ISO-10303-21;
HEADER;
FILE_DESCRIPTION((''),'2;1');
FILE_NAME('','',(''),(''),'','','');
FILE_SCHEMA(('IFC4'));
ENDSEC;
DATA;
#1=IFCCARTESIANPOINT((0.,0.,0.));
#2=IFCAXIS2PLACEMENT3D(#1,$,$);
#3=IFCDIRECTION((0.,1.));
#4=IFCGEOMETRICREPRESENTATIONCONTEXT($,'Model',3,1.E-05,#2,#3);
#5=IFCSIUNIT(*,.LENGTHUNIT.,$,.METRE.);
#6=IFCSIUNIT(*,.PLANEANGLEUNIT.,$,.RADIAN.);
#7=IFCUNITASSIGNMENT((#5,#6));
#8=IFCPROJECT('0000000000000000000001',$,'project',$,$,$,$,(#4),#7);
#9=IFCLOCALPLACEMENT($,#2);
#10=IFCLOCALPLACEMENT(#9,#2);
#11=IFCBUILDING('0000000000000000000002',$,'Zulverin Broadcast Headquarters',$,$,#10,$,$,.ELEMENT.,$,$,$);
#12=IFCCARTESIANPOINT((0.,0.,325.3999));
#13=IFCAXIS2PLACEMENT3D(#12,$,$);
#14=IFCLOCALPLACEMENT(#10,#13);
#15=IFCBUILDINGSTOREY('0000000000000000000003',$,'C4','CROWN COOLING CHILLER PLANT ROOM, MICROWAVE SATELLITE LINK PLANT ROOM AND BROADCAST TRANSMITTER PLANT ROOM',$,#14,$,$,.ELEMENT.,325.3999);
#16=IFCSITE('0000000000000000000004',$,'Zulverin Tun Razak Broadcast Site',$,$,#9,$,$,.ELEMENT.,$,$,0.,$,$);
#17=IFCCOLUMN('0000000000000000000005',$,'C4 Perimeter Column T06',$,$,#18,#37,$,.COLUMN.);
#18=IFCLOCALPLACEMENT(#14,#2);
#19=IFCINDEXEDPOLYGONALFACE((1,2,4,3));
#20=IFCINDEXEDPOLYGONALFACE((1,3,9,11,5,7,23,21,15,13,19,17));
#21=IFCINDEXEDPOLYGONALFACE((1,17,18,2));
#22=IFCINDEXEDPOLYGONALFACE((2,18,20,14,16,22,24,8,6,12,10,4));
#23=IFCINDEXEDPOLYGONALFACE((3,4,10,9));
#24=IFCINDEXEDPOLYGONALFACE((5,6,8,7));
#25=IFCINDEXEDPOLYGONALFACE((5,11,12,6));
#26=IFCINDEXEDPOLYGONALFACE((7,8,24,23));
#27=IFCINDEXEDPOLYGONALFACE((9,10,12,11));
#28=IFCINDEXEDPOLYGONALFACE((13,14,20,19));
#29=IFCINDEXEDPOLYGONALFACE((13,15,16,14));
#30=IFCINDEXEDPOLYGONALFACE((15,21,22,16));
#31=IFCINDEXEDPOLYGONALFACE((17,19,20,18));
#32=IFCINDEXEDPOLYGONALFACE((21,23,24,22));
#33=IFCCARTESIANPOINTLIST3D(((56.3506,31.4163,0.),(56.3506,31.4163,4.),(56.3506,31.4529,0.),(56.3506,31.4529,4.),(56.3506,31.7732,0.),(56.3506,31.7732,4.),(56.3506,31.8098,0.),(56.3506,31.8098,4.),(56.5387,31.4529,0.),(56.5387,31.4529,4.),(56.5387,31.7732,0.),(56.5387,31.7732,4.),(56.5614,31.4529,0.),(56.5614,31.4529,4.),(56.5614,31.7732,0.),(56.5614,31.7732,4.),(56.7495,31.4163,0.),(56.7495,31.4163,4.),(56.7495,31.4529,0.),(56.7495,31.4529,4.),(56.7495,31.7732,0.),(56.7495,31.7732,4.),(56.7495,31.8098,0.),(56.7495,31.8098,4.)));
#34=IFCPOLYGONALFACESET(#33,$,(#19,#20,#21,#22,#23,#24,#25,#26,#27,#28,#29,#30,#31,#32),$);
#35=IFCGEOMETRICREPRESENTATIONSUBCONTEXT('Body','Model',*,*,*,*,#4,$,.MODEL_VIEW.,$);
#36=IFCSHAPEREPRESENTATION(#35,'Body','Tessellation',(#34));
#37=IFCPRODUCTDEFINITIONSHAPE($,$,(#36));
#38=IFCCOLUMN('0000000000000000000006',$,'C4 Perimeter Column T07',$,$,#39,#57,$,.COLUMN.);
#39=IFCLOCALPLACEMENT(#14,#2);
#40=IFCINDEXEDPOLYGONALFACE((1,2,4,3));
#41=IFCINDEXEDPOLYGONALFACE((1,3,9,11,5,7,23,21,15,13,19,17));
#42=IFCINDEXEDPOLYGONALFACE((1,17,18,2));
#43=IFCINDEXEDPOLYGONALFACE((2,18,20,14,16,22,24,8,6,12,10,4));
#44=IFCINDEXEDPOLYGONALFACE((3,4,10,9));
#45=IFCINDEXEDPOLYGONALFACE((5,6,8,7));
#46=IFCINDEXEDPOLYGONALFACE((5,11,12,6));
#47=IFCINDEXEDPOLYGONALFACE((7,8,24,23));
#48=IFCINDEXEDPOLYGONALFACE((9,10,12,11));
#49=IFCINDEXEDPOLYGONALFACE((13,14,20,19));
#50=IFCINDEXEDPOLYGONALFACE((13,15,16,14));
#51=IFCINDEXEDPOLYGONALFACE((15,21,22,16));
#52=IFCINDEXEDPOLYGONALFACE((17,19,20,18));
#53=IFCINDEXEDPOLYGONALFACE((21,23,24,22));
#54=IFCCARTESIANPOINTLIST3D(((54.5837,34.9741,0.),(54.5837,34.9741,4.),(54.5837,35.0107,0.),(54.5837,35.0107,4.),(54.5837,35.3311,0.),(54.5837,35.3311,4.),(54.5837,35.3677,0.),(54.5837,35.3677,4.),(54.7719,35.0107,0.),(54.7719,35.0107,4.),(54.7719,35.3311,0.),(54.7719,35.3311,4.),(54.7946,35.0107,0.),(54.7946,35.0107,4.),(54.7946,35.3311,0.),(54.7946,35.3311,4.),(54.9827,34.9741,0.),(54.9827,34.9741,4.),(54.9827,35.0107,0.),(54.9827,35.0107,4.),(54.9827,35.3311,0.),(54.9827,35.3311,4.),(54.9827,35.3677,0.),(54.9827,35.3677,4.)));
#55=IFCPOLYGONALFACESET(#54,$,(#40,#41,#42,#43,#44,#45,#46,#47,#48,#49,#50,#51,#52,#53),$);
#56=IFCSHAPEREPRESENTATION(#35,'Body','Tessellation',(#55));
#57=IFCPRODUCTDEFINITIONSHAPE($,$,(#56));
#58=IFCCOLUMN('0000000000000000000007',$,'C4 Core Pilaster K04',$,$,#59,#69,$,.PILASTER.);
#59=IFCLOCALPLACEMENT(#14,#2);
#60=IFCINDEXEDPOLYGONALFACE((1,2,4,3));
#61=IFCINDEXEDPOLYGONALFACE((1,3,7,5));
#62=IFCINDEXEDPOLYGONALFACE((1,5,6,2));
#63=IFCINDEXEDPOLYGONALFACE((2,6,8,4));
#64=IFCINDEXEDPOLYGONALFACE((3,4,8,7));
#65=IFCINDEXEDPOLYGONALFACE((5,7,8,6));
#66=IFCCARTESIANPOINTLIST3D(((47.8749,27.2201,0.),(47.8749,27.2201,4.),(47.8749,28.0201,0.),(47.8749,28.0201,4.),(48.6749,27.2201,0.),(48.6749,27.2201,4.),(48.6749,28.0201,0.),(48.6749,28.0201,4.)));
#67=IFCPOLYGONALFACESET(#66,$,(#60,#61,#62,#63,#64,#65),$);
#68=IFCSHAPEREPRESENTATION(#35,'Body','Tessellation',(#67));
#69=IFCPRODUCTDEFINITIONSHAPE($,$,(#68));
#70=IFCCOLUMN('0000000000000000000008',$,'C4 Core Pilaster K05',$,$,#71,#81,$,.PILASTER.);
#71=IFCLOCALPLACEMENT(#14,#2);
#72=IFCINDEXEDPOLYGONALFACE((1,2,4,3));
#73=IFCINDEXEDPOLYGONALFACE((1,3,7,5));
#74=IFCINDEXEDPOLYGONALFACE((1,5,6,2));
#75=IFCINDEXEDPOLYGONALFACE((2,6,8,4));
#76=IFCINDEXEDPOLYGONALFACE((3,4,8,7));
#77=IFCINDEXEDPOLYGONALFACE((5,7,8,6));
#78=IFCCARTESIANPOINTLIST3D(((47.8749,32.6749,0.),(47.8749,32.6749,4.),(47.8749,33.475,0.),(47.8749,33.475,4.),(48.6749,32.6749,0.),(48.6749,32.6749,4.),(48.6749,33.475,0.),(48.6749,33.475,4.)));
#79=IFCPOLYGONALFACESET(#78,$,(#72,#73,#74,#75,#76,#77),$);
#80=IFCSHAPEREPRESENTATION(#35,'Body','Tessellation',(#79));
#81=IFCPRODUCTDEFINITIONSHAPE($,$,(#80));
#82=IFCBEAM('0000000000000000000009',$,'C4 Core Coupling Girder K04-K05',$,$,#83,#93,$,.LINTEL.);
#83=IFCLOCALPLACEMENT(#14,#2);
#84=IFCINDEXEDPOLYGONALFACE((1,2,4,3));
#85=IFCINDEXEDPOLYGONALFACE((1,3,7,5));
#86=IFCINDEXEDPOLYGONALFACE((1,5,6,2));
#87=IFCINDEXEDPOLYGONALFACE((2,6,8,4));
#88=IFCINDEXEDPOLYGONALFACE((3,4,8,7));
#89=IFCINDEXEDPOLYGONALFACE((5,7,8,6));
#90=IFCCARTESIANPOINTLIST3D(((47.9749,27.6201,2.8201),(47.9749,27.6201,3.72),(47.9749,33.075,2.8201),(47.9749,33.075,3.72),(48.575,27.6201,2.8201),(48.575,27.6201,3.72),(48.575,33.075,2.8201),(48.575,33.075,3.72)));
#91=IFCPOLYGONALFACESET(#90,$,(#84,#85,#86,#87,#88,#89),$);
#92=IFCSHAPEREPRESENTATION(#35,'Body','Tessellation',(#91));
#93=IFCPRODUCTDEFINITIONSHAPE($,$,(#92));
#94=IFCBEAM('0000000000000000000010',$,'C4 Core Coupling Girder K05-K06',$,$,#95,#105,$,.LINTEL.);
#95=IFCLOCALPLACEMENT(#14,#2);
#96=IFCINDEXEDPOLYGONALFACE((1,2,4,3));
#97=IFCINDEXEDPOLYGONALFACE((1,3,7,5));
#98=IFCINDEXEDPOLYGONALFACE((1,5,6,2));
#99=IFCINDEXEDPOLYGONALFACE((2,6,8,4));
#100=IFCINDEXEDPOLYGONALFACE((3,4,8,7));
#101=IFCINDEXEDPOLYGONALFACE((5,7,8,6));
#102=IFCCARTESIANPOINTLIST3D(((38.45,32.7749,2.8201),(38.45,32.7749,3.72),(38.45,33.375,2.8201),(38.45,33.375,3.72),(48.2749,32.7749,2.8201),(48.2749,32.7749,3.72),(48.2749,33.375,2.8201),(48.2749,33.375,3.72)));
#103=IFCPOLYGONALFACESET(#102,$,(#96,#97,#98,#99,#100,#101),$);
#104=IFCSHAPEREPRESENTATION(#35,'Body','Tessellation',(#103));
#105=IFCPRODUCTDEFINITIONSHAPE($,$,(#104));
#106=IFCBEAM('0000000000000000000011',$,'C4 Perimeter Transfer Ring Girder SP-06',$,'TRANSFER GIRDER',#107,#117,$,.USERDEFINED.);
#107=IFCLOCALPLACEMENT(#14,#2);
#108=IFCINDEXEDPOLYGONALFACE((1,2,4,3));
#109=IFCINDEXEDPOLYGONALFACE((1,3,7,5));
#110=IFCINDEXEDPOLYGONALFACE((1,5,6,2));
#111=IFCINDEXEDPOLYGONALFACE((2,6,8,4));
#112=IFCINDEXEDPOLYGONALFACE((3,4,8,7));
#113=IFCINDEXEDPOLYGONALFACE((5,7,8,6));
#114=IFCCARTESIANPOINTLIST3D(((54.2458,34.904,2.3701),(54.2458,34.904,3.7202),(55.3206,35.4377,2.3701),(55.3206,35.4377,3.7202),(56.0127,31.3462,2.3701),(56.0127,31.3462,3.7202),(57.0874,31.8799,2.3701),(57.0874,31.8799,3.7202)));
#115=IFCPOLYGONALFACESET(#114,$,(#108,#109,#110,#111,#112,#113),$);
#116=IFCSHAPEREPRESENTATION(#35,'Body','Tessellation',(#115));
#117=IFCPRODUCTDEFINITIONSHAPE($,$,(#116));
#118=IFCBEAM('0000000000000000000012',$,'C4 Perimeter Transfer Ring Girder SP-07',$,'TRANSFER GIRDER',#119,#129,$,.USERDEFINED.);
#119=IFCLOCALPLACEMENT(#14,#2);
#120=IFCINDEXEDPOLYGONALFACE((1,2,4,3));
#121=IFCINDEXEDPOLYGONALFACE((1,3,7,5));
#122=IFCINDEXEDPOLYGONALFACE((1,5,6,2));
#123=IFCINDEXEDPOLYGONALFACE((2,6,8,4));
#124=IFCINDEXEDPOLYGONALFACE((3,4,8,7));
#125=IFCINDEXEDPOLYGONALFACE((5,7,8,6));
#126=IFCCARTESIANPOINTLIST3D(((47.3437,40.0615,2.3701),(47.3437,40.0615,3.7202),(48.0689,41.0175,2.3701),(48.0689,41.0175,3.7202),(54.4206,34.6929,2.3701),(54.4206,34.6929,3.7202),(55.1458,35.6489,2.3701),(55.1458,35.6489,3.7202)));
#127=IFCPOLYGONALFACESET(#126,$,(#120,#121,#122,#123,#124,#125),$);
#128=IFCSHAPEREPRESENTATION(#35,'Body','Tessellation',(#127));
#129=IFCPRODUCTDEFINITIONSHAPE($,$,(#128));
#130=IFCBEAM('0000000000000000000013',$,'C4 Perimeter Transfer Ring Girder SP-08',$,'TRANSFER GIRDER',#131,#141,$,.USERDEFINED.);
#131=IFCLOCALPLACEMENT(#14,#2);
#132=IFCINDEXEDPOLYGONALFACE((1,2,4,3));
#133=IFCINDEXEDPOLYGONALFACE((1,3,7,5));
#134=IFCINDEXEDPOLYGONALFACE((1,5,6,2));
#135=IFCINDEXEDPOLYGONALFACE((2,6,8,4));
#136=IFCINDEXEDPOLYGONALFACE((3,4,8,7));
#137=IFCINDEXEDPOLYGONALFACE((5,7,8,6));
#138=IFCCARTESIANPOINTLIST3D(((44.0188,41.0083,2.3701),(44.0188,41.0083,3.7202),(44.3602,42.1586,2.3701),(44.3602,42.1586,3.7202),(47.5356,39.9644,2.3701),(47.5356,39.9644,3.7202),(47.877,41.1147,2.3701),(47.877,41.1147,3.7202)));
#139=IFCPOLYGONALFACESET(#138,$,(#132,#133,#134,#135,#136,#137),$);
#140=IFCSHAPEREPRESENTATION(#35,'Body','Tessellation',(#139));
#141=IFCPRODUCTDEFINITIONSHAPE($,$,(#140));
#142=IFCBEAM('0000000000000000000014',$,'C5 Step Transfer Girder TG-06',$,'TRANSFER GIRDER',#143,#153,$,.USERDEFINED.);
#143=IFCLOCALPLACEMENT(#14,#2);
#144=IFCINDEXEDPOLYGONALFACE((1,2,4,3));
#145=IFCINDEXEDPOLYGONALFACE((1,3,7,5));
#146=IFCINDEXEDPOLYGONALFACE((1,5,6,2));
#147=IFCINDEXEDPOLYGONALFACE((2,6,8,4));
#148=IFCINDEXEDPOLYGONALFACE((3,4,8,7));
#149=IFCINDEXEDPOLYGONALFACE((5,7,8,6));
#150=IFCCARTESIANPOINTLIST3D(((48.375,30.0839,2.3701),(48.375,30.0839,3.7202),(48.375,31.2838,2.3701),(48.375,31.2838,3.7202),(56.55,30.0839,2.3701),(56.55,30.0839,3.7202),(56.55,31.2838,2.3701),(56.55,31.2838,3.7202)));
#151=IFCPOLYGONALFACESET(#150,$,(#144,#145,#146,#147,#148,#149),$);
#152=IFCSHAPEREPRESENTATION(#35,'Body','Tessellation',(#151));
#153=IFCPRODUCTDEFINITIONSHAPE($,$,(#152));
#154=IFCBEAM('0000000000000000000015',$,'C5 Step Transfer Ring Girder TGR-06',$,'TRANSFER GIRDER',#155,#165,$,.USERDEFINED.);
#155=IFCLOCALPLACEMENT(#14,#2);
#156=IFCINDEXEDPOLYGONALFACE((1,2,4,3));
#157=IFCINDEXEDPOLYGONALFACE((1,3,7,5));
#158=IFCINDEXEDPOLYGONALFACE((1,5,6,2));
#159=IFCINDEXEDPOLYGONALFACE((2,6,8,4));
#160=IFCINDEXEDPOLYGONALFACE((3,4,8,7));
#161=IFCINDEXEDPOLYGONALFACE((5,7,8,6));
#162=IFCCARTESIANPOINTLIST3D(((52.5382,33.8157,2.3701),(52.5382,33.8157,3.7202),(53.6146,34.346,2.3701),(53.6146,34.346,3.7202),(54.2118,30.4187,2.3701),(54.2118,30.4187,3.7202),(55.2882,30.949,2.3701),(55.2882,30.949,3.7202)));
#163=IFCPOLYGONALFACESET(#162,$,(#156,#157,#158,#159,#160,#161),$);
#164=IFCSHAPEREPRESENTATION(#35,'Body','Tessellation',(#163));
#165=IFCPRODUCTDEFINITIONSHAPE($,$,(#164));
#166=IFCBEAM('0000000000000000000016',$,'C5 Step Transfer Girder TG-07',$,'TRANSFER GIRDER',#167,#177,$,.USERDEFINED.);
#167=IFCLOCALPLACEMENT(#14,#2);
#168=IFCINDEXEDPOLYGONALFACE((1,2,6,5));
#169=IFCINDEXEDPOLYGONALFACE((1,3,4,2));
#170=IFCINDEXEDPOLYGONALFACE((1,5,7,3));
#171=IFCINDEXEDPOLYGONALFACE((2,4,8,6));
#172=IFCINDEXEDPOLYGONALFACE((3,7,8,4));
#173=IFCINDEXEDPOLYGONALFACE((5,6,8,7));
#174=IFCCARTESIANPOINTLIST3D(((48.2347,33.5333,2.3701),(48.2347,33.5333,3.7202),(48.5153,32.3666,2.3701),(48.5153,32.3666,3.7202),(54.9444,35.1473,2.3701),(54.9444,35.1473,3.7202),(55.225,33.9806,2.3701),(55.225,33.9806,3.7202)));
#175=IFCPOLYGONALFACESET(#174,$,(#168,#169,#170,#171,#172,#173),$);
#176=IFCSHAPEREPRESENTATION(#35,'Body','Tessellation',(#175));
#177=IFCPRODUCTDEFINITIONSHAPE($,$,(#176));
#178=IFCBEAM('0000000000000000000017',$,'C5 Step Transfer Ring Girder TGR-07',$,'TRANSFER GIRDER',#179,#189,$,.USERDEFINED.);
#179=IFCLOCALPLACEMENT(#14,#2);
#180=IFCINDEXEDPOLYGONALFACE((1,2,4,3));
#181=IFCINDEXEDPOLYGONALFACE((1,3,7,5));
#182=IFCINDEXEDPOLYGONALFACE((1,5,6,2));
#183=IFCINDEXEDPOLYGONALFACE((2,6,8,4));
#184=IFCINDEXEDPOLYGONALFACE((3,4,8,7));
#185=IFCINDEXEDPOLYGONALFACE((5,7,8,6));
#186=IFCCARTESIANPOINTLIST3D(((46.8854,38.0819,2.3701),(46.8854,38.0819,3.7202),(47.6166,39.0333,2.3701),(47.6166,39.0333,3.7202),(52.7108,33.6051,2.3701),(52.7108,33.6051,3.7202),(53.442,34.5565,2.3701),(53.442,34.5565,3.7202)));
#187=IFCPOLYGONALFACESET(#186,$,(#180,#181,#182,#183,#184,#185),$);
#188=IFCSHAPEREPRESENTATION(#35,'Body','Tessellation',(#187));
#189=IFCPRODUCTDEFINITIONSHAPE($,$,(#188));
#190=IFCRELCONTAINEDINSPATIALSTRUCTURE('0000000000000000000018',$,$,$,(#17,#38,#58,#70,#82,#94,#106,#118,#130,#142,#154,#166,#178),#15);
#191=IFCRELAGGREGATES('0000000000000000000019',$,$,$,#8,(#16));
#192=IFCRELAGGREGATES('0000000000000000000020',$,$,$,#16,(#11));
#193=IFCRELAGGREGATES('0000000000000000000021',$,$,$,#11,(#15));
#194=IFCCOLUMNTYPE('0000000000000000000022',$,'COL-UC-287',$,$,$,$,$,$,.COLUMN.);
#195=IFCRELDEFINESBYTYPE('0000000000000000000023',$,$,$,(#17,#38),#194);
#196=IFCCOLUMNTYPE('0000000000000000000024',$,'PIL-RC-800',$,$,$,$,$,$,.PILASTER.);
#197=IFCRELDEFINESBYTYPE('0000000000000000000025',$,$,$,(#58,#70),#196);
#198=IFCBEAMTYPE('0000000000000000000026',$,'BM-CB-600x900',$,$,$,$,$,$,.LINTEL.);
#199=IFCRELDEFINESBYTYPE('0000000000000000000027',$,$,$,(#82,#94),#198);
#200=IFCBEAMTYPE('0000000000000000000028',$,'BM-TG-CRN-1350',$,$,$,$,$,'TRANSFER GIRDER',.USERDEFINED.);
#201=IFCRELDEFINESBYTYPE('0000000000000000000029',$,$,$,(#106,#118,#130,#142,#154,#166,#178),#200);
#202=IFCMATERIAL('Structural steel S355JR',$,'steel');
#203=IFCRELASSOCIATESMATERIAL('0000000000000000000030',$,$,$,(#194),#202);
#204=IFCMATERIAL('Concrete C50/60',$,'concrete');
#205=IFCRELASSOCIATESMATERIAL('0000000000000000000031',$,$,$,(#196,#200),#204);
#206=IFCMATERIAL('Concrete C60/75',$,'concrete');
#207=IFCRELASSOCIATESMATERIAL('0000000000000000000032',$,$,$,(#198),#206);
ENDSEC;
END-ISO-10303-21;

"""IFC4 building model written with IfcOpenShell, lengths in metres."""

from ifc_helpers import new_model, si_unit, direction, frame, origin, origin_2d, place, context, subcontext, project, spatial, rectangle, i_section, extrude, material, material_profile, profile_set, type_object, element, save


model = new_model("IFC4")

# Units and contexts
model_context = context("Model", 3, precision=1e-05, world=origin(), true_north=direction((0.0, 1.0)))
body_context = subcontext(model_context, "Body", "Model", "MODEL_VIEW")
ifc_project = project(units=[si_unit("LENGTHUNIT", "METRE"), si_unit("PLANEANGLEUNIT", "RADIAN")], contexts=[model_context])

# Site, building, storey
site_placement = place(None, origin())
site = spatial("IfcSite", under=ifc_project, at=site_placement, Name="Zulverin Tun Razak Broadcast Site", CompositionType="ELEMENT", RefElevation=0.0)
building_placement = place(site_placement, origin())
building = spatial("IfcBuilding", under=site, at=building_placement, Name="Zulverin Broadcast Headquarters", CompositionType="ELEMENT")
storey_placement = place(building_placement, frame((0.0, 0.0, 325.3999)))
storey = spatial("IfcBuildingStorey", under=building, at=storey_placement, Name="C4", Description="CROWN COOLING CHILLER PLANT ROOM, MICROWAVE SATELLITE LINK PLANT ROOM AND BROADCAST TRANSMITTER PLANT ROOM", CompositionType="ELEMENT", Elevation=325.3999)

# Columns
ifc_material_1 = material(Name="Structural steel S355JR", Category="steel")
ifc_material_profile_1 = material_profile(ifc_material_1, i_section(OverallWidth=0.3989, OverallDepth=0.3936, WebThickness=0.0227, FlangeThickness=0.0366, at=origin_2d()), Name="Structural steel S355JR", Category="steel")
ifc_profile_set_1 = profile_set([ifc_material_profile_1], Name="Structural steel S355JR")
column_type_1 = type_object("IfcColumnType", Name="COL-UC-287", PredefinedType="COLUMN", material=ifc_profile_set_1)
for number, where, z_axis, x_axis, name in (
    (1, (56.55, 31.613, 0.0), (0.0, 0.0, 1.0), (1.0, 0.0, 0.0), "C4 Perimeter Column T06"),
    (2, (54.7832, 35.1709, 0.0), (0.0, 0.0, 1.0), (1.0, 0.0, 0.0), "C4 Perimeter Column T07"),
):
    element("IfcColumn", number, at=place(storey_placement, frame(where, z_axis=z_axis, x_axis=x_axis)), inside=storey, type_object=column_type_1, Name=name, PredefinedType="COLUMN", context=body_context, shape_type="SweptSolid", body=[
        extrude(i_section(OverallWidth=0.3989, OverallDepth=0.3936, WebThickness=0.0227, FlangeThickness=0.0366, at=origin_2d()), origin(), (0.0, 0.0, 1.0), 4.0),
    ])
ifc_material_2 = material(Name="Concrete C50/60", Category="concrete")
ifc_material_profile_2 = material_profile(ifc_material_2, rectangle(XDim=0.8, YDim=0.8, at=origin_2d()), Name="Concrete C50/60", Category="concrete")
ifc_profile_set_2 = profile_set([ifc_material_profile_2], Name="Concrete C50/60")
column_type_2 = type_object("IfcColumnType", Name="PIL-RC-800", PredefinedType="PILASTER", material=ifc_profile_set_2)
for number, where, z_axis, x_axis, name in (
    (3, (48.2749, 27.6201, 0.0), (0.0, 0.0, 1.0), (1.0, 0.0, 0.0), "C4 Core Pilaster K04"),
    (4, (48.2749, 33.075, 0.0), (0.0, 0.0, 1.0), (1.0, 0.0, 0.0), "C4 Core Pilaster K05"),
):
    element("IfcColumn", number, at=place(storey_placement, frame(where, z_axis=z_axis, x_axis=x_axis)), inside=storey, type_object=column_type_2, Name=name, PredefinedType="PILASTER", context=body_context, shape_type="SweptSolid", body=[
        extrude(rectangle(XDim=0.8, YDim=0.8, at=origin_2d()), origin(), (0.0, 0.0, 1.0), 4.0),
    ])

# Beams
ifc_material_3 = material(Name="Concrete C60/75", Category="concrete")
ifc_material_profile_3 = material_profile(ifc_material_3, rectangle(XDim=0.6001, YDim=0.8999, at=origin_2d()), Name="Concrete C60/75", Category="concrete")
ifc_profile_set_3 = profile_set([ifc_material_profile_3], Name="Concrete C60/75")
beam_type_1 = type_object("IfcBeamType", Name="BM-CB-600x900", PredefinedType="LINTEL", material=ifc_profile_set_3)
beam_1_placement = place(storey_placement, frame((48.2749, 27.6201, 3.27), z_axis=(0.0, 1.0, 0.0), x_axis=(-1.0, 0.0, 0.0)))
element("IfcBeam", 5, at=beam_1_placement, inside=storey, type_object=beam_type_1, Name="C4 Core Coupling Girder K04-K05", PredefinedType="LINTEL", context=body_context, shape_type="SweptSolid", body=[
    extrude(rectangle(XDim=0.6001, YDim=0.8999, at=origin_2d()), origin(), (0.0, 0.0, 1.0), 5.4548),
])
beam_2_placement = place(storey_placement, frame((48.2749, 33.075, 3.27), z_axis=(-1.0, 0.0, 0.0), x_axis=(0.0, -1.0, 0.0)))
element("IfcBeam", 6, at=beam_2_placement, inside=storey, type_object=beam_type_1, Name="C4 Core Coupling Girder K05-K06", PredefinedType="LINTEL", context=body_context, shape_type="SweptSolid", body=[
    extrude(rectangle(XDim=0.6001, YDim=0.8999, at=origin_2d()), origin(), (0.0, 0.0, 1.0), 9.825),
])
ifc_material_profile_4 = material_profile(ifc_material_2, rectangle(XDim=1.2, YDim=1.3501, at=origin_2d()), Name="Concrete C50/60", Category="concrete")
ifc_profile_set_4 = profile_set([ifc_material_profile_4], Name="Concrete C50/60")
beam_type_2 = type_object("IfcBeamType", Name="BM-TG-CRN-1350", ElementType="TRANSFER GIRDER", PredefinedType="USERDEFINED", material=ifc_profile_set_4)
beam_3_placement = place(storey_placement, frame((56.55, 31.613, 3.0452), z_axis=(-0.444778, 0.895641, 0.0), x_axis=(-0.895641, -0.444778, 0.0)))
element("IfcBeam", 7, at=beam_3_placement, inside=storey, type_object=beam_type_2, Name="C4 Perimeter Transfer Ring Girder SP-06", ObjectType="TRANSFER GIRDER", PredefinedType="USERDEFINED", context=body_context, shape_type="SweptSolid", body=[
    extrude(rectangle(XDim=1.2, YDim=1.3501, at=origin_2d()), origin(), (0.0, 0.0, 1.0), 3.9724),
])
beam_4_placement = place(storey_placement, frame((54.7832, 35.1709, 3.0452), z_axis=(-0.796693, 0.604384, 0.0), x_axis=(-0.604384, -0.796693, 0.0)))
element("IfcBeam", 8, at=beam_4_placement, inside=storey, type_object=beam_type_2, Name="C4 Perimeter Transfer Ring Girder SP-07", ObjectType="TRANSFER GIRDER", PredefinedType="USERDEFINED", context=body_context, shape_type="SweptSolid", body=[
    extrude(rectangle(XDim=1.2, YDim=1.3501, at=origin_2d()), origin(), (0.0, 0.0, 1.0), 8.8828),
])
beam_5_placement = place(storey_placement, frame((47.7063, 40.5396, 3.0452), z_axis=(-0.958656, 0.284569, 0.0), x_axis=(-0.284569, -0.958656, 0.0)))
element("IfcBeam", 9, at=beam_5_placement, inside=storey, type_object=beam_type_2, Name="C4 Perimeter Transfer Ring Girder SP-08", ObjectType="TRANSFER GIRDER", PredefinedType="USERDEFINED", context=body_context, shape_type="SweptSolid", body=[
    extrude(rectangle(XDim=1.2, YDim=1.3501, at=origin_2d()), origin(), (0.0, 0.0, 1.0), 3.6685),
])
beam_6_placement = place(storey_placement, frame((48.375, 30.6838, 3.0452), z_axis=(1.0, 0.0, 0.0), x_axis=(0.0, 1.0, 0.0)))
element("IfcBeam", 10, at=beam_6_placement, inside=storey, type_object=beam_type_2, Name="C5 Step Transfer Girder TG-06", ObjectType="TRANSFER GIRDER", PredefinedType="USERDEFINED", context=body_context, shape_type="SweptSolid", body=[
    extrude(rectangle(XDim=1.2, YDim=1.3501, at=origin_2d()), origin(), (0.0, 0.0, 1.0), 8.175),
])
beam_7_placement = place(storey_placement, frame((54.75, 30.6838, 3.0452), z_axis=(-0.441945, 0.897042, 0.0), x_axis=(-0.897042, -0.441945, 0.0)))
element("IfcBeam", 11, at=beam_7_placement, inside=storey, type_object=beam_type_2, Name="C5 Step Transfer Ring Girder TGR-06", ObjectType="TRANSFER GIRDER", PredefinedType="USERDEFINED", context=body_context, shape_type="SweptSolid", body=[
    extrude(rectangle(XDim=1.2, YDim=1.3501, at=origin_2d()), origin(), (0.0, 0.0, 1.0), 3.7869),
])
beam_8_placement = place(storey_placement, frame((48.375, 32.95, 3.0452), z_axis=(0.972266, 0.233877, 0.0), x_axis=(-0.233877, 0.972266, 0.0)))
element("IfcBeam", 12, at=beam_8_placement, inside=storey, type_object=beam_type_2, Name="C5 Step Transfer Girder TG-07", ObjectType="TRANSFER GIRDER", PredefinedType="USERDEFINED", context=body_context, shape_type="SweptSolid", body=[
    extrude(rectangle(XDim=1.2, YDim=1.3501, at=origin_2d()), origin(), (0.0, 0.0, 1.0), 6.9011),
])
beam_9_placement = place(storey_placement, frame((53.0764, 34.0808, 3.0452), z_axis=(-0.792907, 0.609343, 0.0), x_axis=(-0.609343, -0.792907, 0.0)))
element("IfcBeam", 13, at=beam_9_placement, inside=storey, type_object=beam_type_2, Name="C5 Step Transfer Ring Girder TGR-07", ObjectType="TRANSFER GIRDER", PredefinedType="USERDEFINED", context=body_context, shape_type="SweptSolid", body=[
    extrude(rectangle(XDim=1.2, YDim=1.3501, at=origin_2d()), origin(), (0.0, 0.0, 1.0), 7.3469),
])

save(model, "model.ifc")
